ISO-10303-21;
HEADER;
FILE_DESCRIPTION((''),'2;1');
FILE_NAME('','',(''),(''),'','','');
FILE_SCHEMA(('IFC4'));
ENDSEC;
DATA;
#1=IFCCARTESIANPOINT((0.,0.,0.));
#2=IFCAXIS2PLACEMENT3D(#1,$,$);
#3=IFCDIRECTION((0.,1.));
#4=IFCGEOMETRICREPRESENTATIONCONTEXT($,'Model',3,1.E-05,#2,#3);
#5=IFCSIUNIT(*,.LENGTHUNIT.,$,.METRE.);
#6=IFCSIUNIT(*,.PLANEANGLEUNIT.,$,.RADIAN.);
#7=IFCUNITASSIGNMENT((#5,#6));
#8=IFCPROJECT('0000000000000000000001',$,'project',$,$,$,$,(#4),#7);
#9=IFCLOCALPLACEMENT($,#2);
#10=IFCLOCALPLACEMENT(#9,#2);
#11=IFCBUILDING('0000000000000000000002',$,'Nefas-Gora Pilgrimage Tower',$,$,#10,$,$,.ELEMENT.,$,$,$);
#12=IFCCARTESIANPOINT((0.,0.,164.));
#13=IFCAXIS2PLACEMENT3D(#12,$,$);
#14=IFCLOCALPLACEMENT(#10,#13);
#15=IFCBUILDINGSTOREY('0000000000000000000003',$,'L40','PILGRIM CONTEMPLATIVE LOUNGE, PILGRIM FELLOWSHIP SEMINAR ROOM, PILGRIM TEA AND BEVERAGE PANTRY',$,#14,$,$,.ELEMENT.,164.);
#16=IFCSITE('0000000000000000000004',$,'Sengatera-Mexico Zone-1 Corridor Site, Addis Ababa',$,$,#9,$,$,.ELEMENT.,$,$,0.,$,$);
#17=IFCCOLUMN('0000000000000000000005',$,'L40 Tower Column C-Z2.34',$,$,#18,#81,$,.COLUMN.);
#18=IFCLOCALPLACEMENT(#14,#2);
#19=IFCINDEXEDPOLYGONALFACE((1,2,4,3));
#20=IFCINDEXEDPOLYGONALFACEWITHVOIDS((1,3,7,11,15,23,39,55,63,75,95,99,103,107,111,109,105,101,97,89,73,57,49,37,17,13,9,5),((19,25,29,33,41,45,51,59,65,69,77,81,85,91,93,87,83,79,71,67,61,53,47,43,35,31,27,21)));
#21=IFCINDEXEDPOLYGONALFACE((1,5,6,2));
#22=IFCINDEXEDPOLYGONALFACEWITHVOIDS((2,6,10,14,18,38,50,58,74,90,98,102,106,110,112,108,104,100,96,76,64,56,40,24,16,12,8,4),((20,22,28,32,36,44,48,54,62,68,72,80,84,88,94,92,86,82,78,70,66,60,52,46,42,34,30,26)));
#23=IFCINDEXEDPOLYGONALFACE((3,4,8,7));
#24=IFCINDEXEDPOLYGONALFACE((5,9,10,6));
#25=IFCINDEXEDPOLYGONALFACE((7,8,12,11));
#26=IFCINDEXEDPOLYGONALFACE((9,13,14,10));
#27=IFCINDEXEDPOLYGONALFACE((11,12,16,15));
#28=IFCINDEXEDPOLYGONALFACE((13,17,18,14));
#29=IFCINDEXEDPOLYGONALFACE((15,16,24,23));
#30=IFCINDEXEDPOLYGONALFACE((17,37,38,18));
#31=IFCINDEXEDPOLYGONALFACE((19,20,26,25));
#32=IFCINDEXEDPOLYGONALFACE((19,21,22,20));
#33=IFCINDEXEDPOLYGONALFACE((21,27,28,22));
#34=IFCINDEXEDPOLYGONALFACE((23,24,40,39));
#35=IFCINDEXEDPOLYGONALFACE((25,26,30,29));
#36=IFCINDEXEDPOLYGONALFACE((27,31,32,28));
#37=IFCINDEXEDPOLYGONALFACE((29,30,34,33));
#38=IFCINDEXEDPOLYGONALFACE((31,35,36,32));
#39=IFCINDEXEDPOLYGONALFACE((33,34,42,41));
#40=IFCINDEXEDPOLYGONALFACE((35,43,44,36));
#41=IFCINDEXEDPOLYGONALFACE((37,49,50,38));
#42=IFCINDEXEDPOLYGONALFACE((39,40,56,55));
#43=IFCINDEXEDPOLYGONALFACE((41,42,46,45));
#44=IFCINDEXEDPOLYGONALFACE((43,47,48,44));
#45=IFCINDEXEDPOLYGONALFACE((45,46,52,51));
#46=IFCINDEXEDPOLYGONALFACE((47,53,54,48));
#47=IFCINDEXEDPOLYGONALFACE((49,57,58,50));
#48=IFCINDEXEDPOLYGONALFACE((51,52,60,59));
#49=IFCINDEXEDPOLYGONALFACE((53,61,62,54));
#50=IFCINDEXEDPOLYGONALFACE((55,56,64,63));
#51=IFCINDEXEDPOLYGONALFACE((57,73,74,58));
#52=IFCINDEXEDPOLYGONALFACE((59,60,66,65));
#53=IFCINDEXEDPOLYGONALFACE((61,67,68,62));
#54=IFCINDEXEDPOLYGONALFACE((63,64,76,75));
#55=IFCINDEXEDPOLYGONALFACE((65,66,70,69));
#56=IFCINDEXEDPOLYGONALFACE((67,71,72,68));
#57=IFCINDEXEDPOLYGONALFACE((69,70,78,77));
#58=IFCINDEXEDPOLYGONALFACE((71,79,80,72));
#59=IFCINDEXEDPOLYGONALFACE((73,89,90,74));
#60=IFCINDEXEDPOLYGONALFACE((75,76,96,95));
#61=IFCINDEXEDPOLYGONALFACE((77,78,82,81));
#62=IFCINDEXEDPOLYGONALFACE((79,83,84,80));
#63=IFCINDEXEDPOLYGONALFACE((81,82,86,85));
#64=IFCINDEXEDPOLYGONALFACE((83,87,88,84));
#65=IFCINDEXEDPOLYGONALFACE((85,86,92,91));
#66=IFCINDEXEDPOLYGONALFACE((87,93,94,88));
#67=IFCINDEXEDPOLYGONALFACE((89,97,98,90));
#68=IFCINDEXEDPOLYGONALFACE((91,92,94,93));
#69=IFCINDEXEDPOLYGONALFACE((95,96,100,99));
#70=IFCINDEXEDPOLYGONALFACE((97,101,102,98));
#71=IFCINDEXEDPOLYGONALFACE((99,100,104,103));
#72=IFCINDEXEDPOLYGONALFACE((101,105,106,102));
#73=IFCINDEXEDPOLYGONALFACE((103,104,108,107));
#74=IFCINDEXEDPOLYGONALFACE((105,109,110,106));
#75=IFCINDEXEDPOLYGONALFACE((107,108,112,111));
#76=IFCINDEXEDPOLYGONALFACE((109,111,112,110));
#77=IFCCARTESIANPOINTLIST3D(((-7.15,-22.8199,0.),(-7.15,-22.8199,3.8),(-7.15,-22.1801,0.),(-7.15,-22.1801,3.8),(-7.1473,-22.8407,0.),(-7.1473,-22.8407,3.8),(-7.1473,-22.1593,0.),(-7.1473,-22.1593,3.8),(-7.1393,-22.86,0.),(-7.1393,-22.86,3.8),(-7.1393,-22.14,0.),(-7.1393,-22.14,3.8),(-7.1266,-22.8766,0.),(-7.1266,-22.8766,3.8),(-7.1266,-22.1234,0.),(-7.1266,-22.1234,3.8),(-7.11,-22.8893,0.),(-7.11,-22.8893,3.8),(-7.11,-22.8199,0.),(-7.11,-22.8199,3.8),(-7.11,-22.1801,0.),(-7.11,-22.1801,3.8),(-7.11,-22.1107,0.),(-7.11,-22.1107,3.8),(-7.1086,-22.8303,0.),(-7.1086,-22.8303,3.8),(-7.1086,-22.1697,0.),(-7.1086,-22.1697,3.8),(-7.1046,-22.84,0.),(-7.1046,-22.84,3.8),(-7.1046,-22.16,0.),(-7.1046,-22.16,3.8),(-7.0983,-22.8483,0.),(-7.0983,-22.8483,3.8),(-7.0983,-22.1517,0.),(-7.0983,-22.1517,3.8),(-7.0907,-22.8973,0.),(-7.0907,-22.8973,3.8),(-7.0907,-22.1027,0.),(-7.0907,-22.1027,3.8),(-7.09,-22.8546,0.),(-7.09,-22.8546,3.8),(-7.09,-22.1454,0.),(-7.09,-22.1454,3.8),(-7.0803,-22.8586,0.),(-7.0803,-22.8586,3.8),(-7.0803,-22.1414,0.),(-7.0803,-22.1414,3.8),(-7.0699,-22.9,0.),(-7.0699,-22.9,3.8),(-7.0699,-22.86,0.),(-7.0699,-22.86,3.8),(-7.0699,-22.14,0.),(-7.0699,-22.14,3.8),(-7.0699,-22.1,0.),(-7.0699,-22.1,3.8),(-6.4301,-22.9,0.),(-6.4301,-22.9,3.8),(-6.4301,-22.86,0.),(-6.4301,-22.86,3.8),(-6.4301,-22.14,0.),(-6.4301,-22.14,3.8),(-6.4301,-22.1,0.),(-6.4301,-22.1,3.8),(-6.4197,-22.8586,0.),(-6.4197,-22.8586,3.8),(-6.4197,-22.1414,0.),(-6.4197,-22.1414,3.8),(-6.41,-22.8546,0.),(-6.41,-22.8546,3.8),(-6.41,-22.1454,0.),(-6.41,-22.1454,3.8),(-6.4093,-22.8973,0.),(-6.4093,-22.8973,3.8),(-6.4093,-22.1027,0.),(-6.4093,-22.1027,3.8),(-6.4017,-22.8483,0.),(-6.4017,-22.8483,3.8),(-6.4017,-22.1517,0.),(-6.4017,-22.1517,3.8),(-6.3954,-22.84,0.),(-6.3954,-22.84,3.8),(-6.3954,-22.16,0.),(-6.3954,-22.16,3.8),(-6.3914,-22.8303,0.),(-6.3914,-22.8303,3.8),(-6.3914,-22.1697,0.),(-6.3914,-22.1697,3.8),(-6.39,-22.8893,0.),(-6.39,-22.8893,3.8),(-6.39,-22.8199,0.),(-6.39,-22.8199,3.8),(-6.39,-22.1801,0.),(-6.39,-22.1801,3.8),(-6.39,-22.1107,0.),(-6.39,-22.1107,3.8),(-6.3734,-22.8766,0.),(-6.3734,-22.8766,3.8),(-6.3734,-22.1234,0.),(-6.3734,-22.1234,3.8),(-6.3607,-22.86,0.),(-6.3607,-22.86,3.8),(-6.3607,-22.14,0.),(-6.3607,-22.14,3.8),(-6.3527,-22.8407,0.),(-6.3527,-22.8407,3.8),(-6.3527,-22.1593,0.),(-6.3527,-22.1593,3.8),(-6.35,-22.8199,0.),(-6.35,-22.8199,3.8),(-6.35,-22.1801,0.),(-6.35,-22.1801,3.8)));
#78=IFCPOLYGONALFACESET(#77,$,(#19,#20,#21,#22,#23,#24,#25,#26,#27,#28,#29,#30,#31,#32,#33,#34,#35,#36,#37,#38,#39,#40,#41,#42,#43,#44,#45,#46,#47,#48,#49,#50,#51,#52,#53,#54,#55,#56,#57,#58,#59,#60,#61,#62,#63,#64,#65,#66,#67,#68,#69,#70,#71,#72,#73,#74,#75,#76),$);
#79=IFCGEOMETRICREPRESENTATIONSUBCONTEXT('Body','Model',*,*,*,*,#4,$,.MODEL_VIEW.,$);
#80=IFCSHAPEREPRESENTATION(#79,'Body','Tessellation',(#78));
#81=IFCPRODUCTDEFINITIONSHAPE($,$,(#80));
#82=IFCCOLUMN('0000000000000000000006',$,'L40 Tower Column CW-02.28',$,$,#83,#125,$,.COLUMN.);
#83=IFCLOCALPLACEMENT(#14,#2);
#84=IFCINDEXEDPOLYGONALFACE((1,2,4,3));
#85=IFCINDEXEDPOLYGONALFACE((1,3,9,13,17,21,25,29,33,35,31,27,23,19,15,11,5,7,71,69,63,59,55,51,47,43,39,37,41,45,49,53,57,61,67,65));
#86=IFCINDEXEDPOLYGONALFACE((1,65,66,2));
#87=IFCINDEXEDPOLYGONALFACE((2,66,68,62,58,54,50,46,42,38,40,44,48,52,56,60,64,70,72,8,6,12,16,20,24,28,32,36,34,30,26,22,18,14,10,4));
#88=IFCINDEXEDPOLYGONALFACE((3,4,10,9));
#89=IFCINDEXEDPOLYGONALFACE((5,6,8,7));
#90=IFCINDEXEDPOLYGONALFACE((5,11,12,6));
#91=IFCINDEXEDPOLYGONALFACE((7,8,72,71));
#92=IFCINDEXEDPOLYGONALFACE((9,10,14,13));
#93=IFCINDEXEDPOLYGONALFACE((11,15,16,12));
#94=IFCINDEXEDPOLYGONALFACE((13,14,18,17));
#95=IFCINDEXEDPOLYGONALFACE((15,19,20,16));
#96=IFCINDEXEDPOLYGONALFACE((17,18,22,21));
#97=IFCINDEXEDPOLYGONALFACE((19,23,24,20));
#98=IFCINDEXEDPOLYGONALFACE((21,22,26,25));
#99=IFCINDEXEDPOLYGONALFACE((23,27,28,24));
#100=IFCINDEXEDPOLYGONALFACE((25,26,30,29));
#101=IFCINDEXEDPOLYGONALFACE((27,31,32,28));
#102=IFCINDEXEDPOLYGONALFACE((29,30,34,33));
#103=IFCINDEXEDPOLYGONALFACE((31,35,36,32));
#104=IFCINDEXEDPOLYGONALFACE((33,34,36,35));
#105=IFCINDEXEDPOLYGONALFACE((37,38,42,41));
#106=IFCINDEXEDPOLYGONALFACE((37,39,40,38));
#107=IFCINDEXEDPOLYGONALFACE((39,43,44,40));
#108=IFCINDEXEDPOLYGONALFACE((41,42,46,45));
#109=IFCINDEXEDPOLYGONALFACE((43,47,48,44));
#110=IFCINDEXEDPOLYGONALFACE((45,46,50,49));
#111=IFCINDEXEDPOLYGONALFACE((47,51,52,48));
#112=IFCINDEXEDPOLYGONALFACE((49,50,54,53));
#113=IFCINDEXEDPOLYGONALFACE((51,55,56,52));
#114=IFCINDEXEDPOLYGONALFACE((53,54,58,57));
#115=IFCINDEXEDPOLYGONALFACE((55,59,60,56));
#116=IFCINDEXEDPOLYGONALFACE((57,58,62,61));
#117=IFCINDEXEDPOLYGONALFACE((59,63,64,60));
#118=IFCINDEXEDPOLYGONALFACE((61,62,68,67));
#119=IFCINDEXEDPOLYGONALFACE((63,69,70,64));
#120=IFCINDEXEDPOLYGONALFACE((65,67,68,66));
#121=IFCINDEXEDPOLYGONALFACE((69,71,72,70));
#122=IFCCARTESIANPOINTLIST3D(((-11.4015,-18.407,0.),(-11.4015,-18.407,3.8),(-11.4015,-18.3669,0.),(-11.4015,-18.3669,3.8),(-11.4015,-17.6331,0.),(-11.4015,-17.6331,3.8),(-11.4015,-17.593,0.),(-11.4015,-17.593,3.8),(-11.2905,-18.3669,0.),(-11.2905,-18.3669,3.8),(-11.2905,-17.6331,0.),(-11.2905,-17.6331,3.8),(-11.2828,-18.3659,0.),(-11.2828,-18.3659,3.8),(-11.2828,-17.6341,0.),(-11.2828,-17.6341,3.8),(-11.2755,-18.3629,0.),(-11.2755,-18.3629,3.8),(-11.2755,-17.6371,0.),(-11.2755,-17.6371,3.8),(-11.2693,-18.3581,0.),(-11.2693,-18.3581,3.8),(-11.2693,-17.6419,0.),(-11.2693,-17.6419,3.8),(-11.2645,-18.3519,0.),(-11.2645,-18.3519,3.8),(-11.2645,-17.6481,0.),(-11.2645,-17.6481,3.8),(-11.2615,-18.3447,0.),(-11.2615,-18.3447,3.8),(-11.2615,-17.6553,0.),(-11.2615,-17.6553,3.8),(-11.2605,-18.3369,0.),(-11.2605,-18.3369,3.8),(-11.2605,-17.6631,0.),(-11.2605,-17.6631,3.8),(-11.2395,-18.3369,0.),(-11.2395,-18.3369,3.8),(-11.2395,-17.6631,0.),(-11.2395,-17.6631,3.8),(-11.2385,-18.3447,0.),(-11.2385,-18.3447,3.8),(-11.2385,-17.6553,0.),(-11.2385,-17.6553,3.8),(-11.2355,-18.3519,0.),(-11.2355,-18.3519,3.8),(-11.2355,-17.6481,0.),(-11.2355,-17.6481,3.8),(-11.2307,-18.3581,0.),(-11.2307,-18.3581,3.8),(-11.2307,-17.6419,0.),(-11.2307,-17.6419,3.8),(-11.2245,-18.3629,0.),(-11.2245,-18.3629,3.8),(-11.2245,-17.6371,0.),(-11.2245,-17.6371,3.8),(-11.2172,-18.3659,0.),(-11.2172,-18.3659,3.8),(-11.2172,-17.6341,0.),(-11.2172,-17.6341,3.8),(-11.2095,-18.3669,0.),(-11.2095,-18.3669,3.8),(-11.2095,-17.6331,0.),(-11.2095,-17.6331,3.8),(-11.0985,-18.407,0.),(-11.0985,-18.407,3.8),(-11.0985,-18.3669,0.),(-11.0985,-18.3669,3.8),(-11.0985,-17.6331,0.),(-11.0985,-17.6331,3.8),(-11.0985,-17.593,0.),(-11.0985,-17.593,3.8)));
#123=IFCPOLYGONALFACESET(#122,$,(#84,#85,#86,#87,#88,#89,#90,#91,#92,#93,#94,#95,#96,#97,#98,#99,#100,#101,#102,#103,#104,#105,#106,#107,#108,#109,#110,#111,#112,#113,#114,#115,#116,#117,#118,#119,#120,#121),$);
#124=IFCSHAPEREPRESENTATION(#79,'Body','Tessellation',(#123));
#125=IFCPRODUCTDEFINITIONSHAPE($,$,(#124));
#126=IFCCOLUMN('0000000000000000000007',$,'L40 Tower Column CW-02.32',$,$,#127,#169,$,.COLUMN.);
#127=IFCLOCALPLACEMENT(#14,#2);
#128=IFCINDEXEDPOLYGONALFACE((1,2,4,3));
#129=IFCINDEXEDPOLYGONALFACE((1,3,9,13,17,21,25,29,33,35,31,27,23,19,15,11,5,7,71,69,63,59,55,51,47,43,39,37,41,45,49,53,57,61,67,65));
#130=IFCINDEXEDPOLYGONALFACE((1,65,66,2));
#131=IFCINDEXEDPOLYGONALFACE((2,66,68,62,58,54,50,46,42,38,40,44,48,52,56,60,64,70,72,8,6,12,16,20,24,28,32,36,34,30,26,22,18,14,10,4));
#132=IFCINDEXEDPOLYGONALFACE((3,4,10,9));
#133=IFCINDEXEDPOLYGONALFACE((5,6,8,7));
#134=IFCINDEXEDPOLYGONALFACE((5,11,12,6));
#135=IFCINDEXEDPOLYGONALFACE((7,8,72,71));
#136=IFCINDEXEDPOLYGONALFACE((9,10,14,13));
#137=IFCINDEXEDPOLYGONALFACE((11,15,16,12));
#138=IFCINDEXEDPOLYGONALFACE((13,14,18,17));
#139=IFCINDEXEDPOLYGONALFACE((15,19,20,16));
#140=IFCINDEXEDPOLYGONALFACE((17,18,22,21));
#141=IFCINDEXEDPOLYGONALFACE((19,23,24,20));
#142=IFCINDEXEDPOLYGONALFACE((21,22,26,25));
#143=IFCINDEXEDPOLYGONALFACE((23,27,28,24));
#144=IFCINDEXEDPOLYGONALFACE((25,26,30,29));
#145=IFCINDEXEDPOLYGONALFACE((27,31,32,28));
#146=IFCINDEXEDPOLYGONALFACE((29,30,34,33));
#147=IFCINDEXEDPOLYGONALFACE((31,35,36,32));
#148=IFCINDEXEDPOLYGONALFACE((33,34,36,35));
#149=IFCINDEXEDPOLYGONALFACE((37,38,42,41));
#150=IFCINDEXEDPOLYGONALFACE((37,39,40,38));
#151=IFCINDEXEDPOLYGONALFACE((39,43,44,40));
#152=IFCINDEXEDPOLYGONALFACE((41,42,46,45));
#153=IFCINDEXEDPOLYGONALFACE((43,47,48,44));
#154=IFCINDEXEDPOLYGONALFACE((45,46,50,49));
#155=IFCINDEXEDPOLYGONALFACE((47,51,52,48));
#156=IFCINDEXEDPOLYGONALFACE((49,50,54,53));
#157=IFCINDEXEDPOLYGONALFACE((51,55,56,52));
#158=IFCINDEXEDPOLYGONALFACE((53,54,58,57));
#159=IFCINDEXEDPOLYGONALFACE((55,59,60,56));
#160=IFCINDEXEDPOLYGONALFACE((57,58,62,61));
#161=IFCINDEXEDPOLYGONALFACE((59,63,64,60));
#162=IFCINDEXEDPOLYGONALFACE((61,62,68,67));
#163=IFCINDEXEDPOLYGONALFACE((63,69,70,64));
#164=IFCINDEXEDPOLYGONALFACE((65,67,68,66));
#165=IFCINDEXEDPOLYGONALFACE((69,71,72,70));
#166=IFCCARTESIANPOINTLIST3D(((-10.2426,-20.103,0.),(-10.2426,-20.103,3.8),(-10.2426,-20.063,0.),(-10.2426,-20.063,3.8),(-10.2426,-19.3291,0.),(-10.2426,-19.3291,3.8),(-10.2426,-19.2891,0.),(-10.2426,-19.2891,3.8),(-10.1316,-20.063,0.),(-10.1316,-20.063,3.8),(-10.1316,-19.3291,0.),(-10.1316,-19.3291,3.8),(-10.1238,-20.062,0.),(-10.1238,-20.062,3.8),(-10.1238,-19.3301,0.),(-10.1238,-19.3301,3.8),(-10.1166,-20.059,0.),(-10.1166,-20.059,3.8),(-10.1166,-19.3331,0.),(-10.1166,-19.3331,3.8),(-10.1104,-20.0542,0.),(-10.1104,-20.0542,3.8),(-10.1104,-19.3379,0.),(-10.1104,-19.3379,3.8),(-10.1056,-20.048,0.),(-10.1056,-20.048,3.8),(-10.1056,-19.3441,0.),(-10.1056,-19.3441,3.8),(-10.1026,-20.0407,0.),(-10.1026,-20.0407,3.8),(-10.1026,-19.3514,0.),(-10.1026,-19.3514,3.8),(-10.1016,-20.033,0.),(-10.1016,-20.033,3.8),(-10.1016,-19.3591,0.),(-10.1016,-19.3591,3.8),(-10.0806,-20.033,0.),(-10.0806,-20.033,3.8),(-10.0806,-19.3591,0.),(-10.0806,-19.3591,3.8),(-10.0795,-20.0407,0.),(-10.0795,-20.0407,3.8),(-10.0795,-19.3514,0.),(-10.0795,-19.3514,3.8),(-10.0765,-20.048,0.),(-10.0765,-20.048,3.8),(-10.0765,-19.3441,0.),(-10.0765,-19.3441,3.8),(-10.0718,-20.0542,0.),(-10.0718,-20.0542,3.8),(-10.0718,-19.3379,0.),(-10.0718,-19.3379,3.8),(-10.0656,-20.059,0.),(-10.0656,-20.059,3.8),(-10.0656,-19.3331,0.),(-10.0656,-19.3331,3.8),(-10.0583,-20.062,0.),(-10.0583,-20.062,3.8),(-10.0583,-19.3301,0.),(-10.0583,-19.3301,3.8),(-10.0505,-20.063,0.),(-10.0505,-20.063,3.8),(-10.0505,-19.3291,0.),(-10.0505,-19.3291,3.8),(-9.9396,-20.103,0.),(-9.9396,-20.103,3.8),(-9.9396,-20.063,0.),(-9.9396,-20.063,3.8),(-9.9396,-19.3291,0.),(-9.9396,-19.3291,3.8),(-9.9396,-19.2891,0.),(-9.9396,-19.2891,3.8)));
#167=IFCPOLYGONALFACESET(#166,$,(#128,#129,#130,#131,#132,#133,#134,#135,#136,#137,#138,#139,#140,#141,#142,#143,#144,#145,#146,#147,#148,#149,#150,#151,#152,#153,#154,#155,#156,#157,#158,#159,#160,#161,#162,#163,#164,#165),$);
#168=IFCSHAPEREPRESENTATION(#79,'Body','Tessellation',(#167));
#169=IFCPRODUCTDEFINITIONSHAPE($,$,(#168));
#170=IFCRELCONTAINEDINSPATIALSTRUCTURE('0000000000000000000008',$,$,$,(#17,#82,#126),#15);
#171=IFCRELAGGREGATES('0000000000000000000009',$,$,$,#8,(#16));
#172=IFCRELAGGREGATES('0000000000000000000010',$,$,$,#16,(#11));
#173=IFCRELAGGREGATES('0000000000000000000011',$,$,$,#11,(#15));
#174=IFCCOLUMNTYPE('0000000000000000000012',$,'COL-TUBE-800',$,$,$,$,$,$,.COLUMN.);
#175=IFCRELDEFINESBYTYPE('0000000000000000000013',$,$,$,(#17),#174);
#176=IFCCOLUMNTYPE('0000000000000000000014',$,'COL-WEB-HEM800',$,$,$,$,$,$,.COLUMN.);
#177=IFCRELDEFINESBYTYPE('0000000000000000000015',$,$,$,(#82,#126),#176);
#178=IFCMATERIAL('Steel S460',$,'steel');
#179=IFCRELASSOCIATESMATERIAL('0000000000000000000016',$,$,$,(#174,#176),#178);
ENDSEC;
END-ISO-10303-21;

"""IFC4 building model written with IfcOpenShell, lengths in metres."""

from ifc_helpers import new_model, si_unit, direction, frame, origin, origin_2d, place, context, subcontext, project, spatial, hollow_rectangle, i_section, extrude, source, transform, mapped, material, material_profile, profile_set, type_object, element, save


model = new_model("IFC4")

# Units and contexts
model_context = context("Model", 3, precision=1e-05, world=origin(), true_north=direction((0.0, 1.0)))
body_context = subcontext(model_context, "Body", "Model", "MODEL_VIEW")
ifc_project = project(units=[si_unit("LENGTHUNIT", "METRE"), si_unit("PLANEANGLEUNIT", "RADIAN")], contexts=[model_context])

# Site, building, storey
site_placement = place(None, origin())
site = spatial("IfcSite", under=ifc_project, at=site_placement, Name="Sengatera-Mexico Zone-1 Corridor Site, Addis Ababa", CompositionType="ELEMENT", RefElevation=0.0)
building_placement = place(site_placement, origin())
building = spatial("IfcBuilding", under=site, at=building_placement, Name="Nefas-Gora Pilgrimage Tower", CompositionType="ELEMENT")
storey_placement = place(building_placement, frame((0.0, 0.0, 164.0)))
storey = spatial("IfcBuildingStorey", under=building, at=storey_placement, Name="L40", Description="PILGRIM CONTEMPLATIVE LOUNGE, PILGRIM FELLOWSHIP SEMINAR ROOM, PILGRIM TEA AND BEVERAGE PANTRY", CompositionType="ELEMENT", Elevation=164.0)

# Columns
ifc_material_1 = material(Name="Steel S460", Category="steel")
ifc_material_profile_1 = material_profile(ifc_material_1, hollow_rectangle(XDim=0.8, YDim=0.8, WallThickness=0.04, InnerFilletRadius=0.04, OuterFilletRadius=0.0801, at=origin_2d()), Name="BOX 800x800x40")
ifc_profile_set_1 = profile_set([ifc_material_profile_1], Name="Steel S460")
column_type_1 = type_object("IfcColumnType", Name="COL-TUBE-800", PredefinedType="COLUMN", material=ifc_profile_set_1)
shared_shape_1 = source(origin(), body_context, "Body", "SweptSolid", [
    extrude(hollow_rectangle(XDim=0.8, YDim=0.8, WallThickness=0.04, InnerFilletRadius=0.04, OuterFilletRadius=0.0801, at=origin_2d()), origin(), (0.0, 0.0, 1.0), 3.8),
])
column_placement = place(storey_placement, frame((-6.75, -22.5, 0.0), z_axis=(0.0, 0.0, 1.0), x_axis=(1.0, 0.0, 0.0)))
element("IfcColumn", 1, at=column_placement, inside=storey, type_object=column_type_1, Name="L40 Tower Column C-Z2.34", PredefinedType="COLUMN", context=body_context, shape_type="MappedRepresentation", body=[
    mapped(shared_shape_1, transform((0.0, 0.0, 0.0), x_axis=(1.0, 0.0, 0.0), y_axis=(0.0, 1.0, 0.0), z_axis=(0.0, 0.0, 1.0), scale=1.0)),
])
ifc_material_profile_2 = material_profile(ifc_material_1, i_section(OverallWidth=0.303, OverallDepth=0.814, WebThickness=0.021, FlangeThickness=0.04, FilletRadius=0.03, at=origin_2d()), Name="HEM 800")
ifc_profile_set_2 = profile_set([ifc_material_profile_2], Name="Steel S460")
column_type_2 = type_object("IfcColumnType", Name="COL-WEB-HEM800", PredefinedType="COLUMN", material=ifc_profile_set_2)
shared_shape_2 = source(origin(), body_context, "Body", "SweptSolid", [
    extrude(i_section(OverallWidth=0.303, OverallDepth=0.814, WebThickness=0.021, FlangeThickness=0.04, FilletRadius=0.03, at=origin_2d()), origin(), (0.0, 0.0, 1.0), 3.8),
])
for number, where, z_axis, x_axis, name in (
    (2, (-11.25, -18.0, 0.0), (0.0, 0.0, 1.0), (1.0, 0.0, 0.0), "L40 Tower Column CW-02.28"),
    (3, (-10.0911, -19.696, 0.0), (0.0, 0.0, 1.0), (1.0, 0.0, 0.0), "L40 Tower Column CW-02.32"),
):
    element("IfcColumn", number, at=place(storey_placement, frame(where, z_axis=z_axis, x_axis=x_axis)), inside=storey, type_object=column_type_2, Name=name, PredefinedType="COLUMN", context=body_context, shape_type="MappedRepresentation", body=[
        mapped(shared_shape_2, transform((0.0, 0.0, 0.0), x_axis=(1.0, 0.0, 0.0), y_axis=(0.0, 1.0, 0.0), z_axis=(0.0, 0.0, 1.0), scale=1.0)),
    ])

save(model, "model.ifc")
